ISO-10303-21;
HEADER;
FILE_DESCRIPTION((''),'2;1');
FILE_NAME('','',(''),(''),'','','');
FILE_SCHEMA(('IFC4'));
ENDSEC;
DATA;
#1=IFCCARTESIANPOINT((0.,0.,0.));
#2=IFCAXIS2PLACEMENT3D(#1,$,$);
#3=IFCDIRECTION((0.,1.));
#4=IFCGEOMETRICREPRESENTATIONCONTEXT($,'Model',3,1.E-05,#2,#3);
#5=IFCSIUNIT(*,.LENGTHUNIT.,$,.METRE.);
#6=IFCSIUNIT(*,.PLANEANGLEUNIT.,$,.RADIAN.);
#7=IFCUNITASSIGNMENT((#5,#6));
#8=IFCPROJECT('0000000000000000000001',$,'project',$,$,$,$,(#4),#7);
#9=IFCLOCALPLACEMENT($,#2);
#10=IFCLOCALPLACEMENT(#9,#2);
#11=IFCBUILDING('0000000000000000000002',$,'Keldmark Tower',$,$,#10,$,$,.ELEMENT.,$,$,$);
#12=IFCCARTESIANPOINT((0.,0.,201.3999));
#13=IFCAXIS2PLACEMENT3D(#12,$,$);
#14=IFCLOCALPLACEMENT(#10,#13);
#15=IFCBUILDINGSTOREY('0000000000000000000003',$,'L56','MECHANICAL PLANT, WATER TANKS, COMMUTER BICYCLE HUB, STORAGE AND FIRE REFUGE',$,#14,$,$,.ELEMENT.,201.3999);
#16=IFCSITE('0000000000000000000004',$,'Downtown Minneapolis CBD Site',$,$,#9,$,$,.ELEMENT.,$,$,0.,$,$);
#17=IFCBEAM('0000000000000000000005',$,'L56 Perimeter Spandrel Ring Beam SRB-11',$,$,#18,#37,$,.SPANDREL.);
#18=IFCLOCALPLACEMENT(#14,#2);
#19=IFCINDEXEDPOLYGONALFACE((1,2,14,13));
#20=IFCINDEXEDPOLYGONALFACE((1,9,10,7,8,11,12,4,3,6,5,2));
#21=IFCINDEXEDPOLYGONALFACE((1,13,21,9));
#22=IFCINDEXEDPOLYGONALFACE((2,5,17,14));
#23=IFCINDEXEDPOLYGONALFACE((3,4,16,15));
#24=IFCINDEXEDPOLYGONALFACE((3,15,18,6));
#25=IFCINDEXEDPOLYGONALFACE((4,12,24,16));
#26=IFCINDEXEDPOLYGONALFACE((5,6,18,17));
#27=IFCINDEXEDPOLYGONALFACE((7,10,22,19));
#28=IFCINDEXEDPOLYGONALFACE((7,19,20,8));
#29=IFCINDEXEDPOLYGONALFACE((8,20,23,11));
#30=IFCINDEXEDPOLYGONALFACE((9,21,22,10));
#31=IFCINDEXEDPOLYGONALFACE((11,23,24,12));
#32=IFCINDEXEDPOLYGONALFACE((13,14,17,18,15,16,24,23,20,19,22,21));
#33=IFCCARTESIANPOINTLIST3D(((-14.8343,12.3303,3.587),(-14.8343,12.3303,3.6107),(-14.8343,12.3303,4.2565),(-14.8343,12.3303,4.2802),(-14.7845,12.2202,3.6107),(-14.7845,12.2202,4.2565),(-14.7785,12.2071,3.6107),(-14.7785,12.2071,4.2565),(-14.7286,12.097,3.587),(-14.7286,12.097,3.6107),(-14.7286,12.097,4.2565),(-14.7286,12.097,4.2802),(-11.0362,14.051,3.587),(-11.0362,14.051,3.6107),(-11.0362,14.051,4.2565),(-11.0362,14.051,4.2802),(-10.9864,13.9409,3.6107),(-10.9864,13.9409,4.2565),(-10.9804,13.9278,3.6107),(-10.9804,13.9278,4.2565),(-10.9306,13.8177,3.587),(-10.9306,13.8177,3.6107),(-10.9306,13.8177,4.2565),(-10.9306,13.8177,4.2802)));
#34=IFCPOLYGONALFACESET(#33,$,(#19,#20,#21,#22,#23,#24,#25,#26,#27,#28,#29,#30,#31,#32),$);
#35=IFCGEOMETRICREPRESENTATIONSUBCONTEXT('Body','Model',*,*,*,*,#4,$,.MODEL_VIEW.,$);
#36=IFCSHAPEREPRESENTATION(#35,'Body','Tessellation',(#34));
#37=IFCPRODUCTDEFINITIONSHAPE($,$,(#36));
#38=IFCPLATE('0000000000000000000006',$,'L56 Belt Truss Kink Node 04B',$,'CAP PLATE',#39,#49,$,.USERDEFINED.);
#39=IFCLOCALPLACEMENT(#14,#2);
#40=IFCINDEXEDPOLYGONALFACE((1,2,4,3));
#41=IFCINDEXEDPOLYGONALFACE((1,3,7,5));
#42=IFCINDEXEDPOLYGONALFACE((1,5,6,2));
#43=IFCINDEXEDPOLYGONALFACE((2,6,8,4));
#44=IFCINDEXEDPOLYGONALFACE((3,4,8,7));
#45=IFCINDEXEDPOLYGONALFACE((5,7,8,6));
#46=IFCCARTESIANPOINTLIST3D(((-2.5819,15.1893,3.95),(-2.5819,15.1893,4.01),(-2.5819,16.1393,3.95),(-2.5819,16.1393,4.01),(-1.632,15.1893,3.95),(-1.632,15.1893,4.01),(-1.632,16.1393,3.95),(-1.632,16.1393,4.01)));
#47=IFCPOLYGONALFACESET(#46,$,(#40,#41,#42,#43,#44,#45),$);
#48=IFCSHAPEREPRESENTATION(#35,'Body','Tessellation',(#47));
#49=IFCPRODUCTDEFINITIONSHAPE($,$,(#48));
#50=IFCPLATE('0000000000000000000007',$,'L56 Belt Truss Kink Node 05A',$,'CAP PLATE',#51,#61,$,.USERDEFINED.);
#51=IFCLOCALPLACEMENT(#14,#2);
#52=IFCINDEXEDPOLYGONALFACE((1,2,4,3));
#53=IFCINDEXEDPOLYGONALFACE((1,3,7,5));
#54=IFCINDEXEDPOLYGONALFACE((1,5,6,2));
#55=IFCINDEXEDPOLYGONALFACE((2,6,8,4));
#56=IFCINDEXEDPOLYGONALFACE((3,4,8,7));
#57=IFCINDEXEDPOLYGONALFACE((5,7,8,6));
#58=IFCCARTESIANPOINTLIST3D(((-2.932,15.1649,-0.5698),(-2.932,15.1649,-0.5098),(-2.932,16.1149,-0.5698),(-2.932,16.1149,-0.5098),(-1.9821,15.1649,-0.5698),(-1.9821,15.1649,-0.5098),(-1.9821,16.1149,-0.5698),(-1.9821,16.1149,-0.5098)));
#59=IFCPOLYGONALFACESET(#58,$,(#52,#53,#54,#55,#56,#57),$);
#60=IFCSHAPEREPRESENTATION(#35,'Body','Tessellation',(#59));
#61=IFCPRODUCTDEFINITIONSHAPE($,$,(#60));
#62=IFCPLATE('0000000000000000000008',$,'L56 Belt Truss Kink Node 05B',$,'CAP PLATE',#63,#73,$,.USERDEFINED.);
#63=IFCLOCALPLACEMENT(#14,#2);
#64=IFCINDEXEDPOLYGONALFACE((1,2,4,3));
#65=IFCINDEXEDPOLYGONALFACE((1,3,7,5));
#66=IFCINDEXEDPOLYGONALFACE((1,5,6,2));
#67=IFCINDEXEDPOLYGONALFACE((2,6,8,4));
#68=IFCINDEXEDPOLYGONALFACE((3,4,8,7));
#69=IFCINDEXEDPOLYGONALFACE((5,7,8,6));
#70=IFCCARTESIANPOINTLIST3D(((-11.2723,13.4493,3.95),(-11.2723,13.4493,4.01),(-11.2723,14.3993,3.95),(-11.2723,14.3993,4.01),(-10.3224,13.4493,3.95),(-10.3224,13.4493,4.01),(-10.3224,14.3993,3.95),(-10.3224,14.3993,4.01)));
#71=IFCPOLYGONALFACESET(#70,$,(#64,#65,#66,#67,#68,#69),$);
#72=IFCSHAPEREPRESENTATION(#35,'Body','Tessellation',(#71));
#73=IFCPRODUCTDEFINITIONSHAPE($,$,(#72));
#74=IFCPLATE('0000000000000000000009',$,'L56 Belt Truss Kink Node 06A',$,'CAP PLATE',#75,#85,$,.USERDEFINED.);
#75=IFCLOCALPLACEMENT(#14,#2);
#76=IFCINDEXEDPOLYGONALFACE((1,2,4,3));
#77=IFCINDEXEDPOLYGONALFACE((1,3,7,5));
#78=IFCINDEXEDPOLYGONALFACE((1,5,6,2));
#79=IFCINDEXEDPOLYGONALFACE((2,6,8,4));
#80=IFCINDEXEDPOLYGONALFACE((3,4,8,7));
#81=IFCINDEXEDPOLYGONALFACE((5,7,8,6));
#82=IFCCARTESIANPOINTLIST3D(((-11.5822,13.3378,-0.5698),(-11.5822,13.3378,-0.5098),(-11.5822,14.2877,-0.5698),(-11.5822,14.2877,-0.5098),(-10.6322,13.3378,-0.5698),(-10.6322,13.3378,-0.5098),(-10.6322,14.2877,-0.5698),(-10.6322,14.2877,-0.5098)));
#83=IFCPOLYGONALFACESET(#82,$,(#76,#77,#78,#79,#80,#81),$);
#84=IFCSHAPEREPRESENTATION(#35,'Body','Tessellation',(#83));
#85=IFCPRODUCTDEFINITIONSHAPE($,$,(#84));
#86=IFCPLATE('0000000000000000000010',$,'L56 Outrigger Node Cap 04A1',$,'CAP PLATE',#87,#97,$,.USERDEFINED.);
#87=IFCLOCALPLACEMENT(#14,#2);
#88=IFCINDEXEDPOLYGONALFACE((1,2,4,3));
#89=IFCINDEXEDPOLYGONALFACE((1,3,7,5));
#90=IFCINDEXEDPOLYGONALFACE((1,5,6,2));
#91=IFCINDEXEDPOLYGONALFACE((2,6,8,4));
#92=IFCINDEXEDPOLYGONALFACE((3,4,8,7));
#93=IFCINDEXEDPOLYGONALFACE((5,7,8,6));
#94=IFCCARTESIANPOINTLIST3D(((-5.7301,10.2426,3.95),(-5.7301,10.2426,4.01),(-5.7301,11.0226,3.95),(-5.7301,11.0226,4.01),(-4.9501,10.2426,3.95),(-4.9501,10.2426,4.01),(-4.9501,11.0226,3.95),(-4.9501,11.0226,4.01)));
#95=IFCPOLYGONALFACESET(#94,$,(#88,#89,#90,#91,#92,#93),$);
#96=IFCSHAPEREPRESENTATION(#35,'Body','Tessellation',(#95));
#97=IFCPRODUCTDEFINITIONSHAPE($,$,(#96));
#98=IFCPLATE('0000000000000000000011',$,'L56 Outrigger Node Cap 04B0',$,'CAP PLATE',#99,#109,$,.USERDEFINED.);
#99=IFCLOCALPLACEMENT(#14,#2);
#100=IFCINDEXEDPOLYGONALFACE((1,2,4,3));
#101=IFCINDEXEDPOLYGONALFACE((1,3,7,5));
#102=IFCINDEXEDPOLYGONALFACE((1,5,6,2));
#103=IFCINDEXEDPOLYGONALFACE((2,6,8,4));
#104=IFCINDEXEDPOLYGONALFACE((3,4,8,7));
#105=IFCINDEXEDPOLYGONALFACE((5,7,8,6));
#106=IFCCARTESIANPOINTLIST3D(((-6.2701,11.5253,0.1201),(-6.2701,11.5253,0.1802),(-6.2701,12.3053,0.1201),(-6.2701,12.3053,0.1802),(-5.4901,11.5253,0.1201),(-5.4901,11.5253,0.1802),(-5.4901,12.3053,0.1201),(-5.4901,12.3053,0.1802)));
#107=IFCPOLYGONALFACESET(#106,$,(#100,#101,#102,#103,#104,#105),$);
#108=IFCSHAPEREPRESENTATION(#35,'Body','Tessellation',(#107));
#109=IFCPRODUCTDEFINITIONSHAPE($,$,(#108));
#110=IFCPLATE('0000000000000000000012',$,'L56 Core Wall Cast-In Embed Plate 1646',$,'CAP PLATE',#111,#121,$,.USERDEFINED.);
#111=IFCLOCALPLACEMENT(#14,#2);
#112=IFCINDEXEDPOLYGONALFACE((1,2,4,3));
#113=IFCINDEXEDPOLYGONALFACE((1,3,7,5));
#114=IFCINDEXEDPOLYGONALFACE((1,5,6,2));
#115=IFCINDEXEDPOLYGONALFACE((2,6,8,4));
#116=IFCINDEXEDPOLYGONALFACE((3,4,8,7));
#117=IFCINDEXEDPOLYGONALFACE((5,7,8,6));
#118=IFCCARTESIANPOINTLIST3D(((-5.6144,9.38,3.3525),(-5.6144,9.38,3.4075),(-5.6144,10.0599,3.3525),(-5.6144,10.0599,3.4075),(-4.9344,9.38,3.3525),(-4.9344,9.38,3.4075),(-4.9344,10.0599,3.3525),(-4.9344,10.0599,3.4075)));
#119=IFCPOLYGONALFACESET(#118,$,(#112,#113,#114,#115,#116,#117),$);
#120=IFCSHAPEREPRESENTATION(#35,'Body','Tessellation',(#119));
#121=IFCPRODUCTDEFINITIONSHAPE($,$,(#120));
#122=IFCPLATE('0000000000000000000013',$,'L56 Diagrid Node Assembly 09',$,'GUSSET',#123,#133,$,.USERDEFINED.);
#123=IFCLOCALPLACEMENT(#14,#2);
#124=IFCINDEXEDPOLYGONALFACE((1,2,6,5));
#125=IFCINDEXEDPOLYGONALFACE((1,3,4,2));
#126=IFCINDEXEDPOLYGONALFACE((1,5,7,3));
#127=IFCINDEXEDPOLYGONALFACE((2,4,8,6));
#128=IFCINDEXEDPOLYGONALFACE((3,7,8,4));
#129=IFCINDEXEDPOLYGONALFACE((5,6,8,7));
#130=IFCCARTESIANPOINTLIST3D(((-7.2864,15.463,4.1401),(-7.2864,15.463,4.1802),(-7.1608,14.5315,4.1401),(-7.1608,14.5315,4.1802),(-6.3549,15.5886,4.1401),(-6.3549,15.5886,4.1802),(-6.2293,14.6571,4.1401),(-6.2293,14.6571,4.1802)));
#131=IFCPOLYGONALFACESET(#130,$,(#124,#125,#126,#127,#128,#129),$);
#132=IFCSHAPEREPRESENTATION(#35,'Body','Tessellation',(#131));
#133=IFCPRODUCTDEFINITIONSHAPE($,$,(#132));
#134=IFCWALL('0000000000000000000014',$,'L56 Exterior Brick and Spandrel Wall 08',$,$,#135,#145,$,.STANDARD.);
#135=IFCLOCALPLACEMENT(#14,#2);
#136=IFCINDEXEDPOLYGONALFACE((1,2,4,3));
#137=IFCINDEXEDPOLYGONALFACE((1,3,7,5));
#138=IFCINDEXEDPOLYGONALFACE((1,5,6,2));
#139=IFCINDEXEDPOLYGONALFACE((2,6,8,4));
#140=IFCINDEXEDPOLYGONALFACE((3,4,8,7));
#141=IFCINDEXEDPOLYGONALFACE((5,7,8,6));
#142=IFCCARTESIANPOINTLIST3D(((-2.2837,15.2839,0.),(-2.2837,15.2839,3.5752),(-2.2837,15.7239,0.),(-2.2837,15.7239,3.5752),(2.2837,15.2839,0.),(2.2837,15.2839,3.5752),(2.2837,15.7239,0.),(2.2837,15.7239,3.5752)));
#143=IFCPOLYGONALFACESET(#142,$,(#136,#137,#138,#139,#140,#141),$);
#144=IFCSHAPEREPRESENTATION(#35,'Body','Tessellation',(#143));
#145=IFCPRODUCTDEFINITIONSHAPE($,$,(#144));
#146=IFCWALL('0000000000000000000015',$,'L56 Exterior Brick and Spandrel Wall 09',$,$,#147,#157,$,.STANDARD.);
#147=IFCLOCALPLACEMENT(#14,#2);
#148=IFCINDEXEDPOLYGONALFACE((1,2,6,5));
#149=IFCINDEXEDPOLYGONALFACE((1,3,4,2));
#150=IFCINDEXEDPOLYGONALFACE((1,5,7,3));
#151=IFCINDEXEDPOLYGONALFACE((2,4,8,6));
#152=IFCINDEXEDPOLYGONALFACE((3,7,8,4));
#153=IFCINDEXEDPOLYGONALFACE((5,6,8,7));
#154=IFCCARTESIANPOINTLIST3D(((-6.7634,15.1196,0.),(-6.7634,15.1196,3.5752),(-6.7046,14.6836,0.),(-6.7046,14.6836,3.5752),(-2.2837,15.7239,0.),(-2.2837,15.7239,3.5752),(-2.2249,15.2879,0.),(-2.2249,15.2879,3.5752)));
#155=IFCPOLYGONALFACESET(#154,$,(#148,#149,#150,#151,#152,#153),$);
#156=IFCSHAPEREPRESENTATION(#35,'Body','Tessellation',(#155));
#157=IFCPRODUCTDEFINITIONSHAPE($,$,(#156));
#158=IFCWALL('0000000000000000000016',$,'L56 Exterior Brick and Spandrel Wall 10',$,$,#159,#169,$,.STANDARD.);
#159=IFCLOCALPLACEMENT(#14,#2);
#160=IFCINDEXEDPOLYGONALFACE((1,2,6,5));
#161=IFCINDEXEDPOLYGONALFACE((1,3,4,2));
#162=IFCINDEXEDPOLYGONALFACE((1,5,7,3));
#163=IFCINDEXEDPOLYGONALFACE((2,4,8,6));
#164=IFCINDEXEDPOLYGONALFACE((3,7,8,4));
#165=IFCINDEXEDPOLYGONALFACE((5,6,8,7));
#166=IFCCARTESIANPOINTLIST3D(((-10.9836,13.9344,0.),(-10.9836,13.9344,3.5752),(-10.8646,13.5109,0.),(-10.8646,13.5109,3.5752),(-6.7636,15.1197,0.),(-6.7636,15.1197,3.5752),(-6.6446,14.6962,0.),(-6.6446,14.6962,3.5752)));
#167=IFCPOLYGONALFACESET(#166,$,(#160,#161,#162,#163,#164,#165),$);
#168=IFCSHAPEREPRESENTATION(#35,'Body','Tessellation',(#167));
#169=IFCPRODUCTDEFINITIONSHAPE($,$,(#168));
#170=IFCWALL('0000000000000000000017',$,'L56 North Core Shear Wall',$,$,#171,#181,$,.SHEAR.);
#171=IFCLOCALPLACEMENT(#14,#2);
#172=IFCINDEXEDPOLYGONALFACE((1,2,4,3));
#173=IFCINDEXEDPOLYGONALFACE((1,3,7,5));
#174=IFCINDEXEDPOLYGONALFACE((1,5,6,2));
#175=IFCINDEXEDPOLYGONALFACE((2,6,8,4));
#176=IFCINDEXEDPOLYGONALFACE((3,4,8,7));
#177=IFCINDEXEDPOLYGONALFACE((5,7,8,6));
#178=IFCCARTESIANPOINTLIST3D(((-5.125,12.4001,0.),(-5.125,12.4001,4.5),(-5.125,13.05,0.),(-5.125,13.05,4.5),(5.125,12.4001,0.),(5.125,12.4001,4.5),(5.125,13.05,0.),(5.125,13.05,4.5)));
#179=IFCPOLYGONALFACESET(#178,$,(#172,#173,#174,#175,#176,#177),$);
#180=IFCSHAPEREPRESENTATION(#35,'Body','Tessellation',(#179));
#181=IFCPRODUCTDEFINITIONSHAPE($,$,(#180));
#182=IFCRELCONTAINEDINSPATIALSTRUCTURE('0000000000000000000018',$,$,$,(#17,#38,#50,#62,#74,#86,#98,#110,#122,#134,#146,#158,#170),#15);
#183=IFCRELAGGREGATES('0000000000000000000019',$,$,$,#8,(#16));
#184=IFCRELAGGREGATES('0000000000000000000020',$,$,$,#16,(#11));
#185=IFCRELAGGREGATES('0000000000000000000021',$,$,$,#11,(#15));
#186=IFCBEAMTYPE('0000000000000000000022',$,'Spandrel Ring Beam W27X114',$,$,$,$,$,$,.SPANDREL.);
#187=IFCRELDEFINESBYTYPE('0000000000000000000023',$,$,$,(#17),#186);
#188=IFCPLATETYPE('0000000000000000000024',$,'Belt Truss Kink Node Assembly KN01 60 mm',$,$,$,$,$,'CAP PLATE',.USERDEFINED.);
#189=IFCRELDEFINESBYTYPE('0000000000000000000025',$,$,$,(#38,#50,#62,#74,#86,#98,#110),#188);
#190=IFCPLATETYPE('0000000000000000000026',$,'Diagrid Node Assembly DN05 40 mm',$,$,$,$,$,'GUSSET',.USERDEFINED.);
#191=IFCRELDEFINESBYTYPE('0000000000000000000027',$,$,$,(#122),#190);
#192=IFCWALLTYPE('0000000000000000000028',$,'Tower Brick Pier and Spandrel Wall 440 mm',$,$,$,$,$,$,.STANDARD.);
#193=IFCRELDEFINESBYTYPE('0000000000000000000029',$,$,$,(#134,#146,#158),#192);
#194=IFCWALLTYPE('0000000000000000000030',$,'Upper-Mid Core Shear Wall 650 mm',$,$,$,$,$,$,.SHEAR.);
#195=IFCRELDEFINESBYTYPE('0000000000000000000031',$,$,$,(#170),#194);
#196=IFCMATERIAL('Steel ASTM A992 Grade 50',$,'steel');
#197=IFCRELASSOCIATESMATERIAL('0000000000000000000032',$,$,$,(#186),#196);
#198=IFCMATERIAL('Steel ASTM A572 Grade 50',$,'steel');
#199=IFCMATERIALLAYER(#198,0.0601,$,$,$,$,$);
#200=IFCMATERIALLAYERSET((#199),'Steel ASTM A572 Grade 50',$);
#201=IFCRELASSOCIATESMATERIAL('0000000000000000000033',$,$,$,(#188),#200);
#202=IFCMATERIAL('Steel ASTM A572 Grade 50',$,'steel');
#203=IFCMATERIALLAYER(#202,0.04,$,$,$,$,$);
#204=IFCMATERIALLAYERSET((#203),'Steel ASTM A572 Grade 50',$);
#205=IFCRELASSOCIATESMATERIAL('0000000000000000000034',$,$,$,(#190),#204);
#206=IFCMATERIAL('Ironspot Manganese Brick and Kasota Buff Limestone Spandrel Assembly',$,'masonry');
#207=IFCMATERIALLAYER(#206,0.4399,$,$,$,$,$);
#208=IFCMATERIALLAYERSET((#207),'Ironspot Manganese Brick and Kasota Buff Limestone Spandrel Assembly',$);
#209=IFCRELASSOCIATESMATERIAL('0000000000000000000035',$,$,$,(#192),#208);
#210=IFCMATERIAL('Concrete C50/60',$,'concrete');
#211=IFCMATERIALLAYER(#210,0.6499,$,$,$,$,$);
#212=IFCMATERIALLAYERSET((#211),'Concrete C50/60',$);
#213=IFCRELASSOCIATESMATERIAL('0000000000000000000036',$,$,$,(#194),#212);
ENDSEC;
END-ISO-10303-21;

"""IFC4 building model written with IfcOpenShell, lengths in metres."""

from ifc_helpers import new_model, si_unit, direction, frame, frame_2d, origin, origin_2d, place, context, subcontext, project, spatial, rectangle, i_section, extrude, material, layer, layer_set, material_profile, profile_set, type_object, element, save


model = new_model("IFC4")

# Units and contexts
model_context = context("Model", 3, precision=1e-05, world=origin(), true_north=direction((0.0, 1.0)))
body_context = subcontext(model_context, "Body", "Model", "MODEL_VIEW")
ifc_project = project(units=[si_unit("LENGTHUNIT", "METRE"), si_unit("PLANEANGLEUNIT", "RADIAN")], contexts=[model_context])

# Site, building, storey
site_placement = place(None, origin())
site = spatial("IfcSite", under=ifc_project, at=site_placement, Name="Downtown Minneapolis CBD Site", CompositionType="ELEMENT", RefElevation=0.0)
building_placement = place(site_placement, origin())
building = spatial("IfcBuilding", under=site, at=building_placement, Name="Keldmark Tower", CompositionType="ELEMENT")
storey_placement = place(building_placement, frame((0.0, 0.0, 201.3999)))
storey = spatial("IfcBuildingStorey", under=building, at=storey_placement, Name="L56", Description="MECHANICAL PLANT, WATER TANKS, COMMUTER BICYCLE HUB, STORAGE AND FIRE REFUGE", CompositionType="ELEMENT", Elevation=201.3999)

# Beam
ifc_material_1 = material(Name="Steel ASTM A992 Grade 50", Category="steel")
ifc_material_profile_1 = material_profile(ifc_material_1, i_section(OverallWidth=0.2561, OverallDepth=0.6931, WebThickness=0.0144, FlangeThickness=0.0237, at=origin_2d()), Name="W27X114")
ifc_profile_set_1 = profile_set([ifc_material_profile_1], Name="Steel ASTM A992 Grade 50")
beam_type_1 = type_object("IfcBeamType", Name="Spandrel Ring Beam W27X114", PredefinedType="SPANDREL", material=ifc_profile_set_1)
beam_1_placement = place(storey_placement, frame((-10.9834, 13.9343, 3.9336), z_axis=(-0.910881, -0.412669, 0.0), x_axis=(0.412669, -0.910881, 0.0)))
element("IfcBeam", 1, at=beam_1_placement, inside=storey, type_object=beam_type_1, Name="L56 Perimeter Spandrel Ring Beam SRB-11", PredefinedType="SPANDREL", context=body_context, shape_type="SweptSolid", body=[
    extrude(i_section(OverallWidth=0.2561, OverallDepth=0.6931, WebThickness=0.0144, FlangeThickness=0.0237, at=origin_2d()), origin(), (0.0, 0.0, 1.0), 4.1697),
])

# Plates
ifc_material_2 = material(Name="Steel ASTM A572 Grade 50", Category="steel")
ifc_layer_1 = layer(ifc_material_2, 0.0601)
ifc_layer_set_1 = layer_set([ifc_layer_1], Name="Steel ASTM A572 Grade 50")
plate_type_1 = type_object("IfcPlateType", Name="Belt Truss Kink Node Assembly KN01 60 mm", ElementType="CAP PLATE", PredefinedType="USERDEFINED", material=ifc_layer_set_1)
for number, where, z_axis, x_axis, name in (
    (2, (-2.1069, 15.6643, 3.95), (0.0, 0.0, 1.0), (1.0, 0.0, 0.0), "L56 Belt Truss Kink Node 04B"),
    (3, (-2.457, 15.6399, -0.5698), (0.0, 0.0, 1.0), (1.0, 0.0, 0.0), "L56 Belt Truss Kink Node 05A"),
    (4, (-10.7974, 13.9243, 3.95), (0.0, 0.0, 1.0), (1.0, 0.0, 0.0), "L56 Belt Truss Kink Node 05B"),
    (5, (-11.1072, 13.8127, -0.5698), (0.0, 0.0, 1.0), (1.0, 0.0, 0.0), "L56 Belt Truss Kink Node 06A"),
):
    element("IfcPlate", number, at=place(storey_placement, frame(where, z_axis=z_axis, x_axis=x_axis)), inside=storey, type_object=plate_type_1, Name=name, ObjectType="CAP PLATE", PredefinedType="USERDEFINED", context=body_context, shape_type="SweptSolid", body=[
        extrude(rectangle(XDim=0.95, YDim=0.95, at=origin_2d()), origin(), (0.0, 0.0, 1.0), 0.0601),
    ])
for number, where, z_axis, x_axis, name in (
    (6, (-5.3401, 10.6326, 3.95), (0.0, 0.0, 1.0), (1.0, 0.0, 0.0), "L56 Outrigger Node Cap 04A1"),
    (7, (-5.8801, 11.9153, 0.1201), (0.0, 0.0, 1.0), (1.0, 0.0, 0.0), "L56 Outrigger Node Cap 04B0"),
):
    element("IfcPlate", number, at=place(storey_placement, frame(where, z_axis=z_axis, x_axis=x_axis)), inside=storey, type_object=plate_type_1, Name=name, ObjectType="CAP PLATE", PredefinedType="USERDEFINED", context=body_context, shape_type="SweptSolid", body=[
        extrude(rectangle(XDim=0.78, YDim=0.78, at=origin_2d()), origin(), (0.0, 0.0, 1.0), 0.0601),
    ])
plate_1_placement = place(storey_placement, frame((-5.2744, 9.72, 3.3525), z_axis=(0.0, 0.0, 1.0), x_axis=(1.0, 0.0, 0.0)))
element("IfcPlate", 8, at=plate_1_placement, inside=storey, type_object=plate_type_1, Name="L56 Core Wall Cast-In Embed Plate 1646", ObjectType="CAP PLATE", PredefinedType="USERDEFINED", context=body_context, shape_type="SweptSolid", body=[
    extrude(rectangle(XDim=0.6799, YDim=0.6799, at=origin_2d()), origin(), (0.0, 0.0, 1.0), 0.0549),
])
ifc_material_3 = material(Name="Steel ASTM A572 Grade 50", Category="steel")
ifc_layer_2 = layer(ifc_material_3, 0.04)
ifc_layer_set_2 = layer_set([ifc_layer_2], Name="Steel ASTM A572 Grade 50")
plate_type_2 = type_object("IfcPlateType", Name="Diagrid Node Assembly DN05 40 mm", ElementType="GUSSET", PredefinedType="USERDEFINED", material=ifc_layer_set_2)
plate_2_placement = place(storey_placement, frame((-6.7578, 15.0601, 4.1401), z_axis=(0.0, 0.0, 1.0), x_axis=(-0.99103, -0.13364, 0.0)))
element("IfcPlate", 9, at=plate_2_placement, inside=storey, type_object=plate_type_2, Name="L56 Diagrid Node Assembly 09", ObjectType="GUSSET", PredefinedType="USERDEFINED", context=body_context, shape_type="SweptSolid", body=[
    extrude(rectangle(XDim=0.9399, YDim=0.9399, at=origin_2d()), origin(), (0.0, 0.0, 1.0), 0.04),
])

# Walls
ifc_material_4 = material(Name="Ironspot Manganese Brick and Kasota Buff Limestone Spandrel Assembly", Category="masonry")
ifc_layer_3 = layer(ifc_material_4, 0.4399)
ifc_layer_set_3 = layer_set([ifc_layer_3], Name="Ironspot Manganese Brick and Kasota Buff Limestone Spandrel Assembly")
wall_type_1 = type_object("IfcWallType", Name="Tower Brick Pier and Spandrel Wall 440 mm", PredefinedType="STANDARD", material=ifc_layer_set_3)
wall_1_placement = place(storey_placement, frame((-2.2837, 15.5039, 0.0), z_axis=(0.0, 0.0, 1.0), x_axis=(1.0, 0.0, 0.0)))
element("IfcWall", 10, at=wall_1_placement, inside=storey, type_object=wall_type_1, Name="L56 Exterior Brick and Spandrel Wall 08", PredefinedType="STANDARD", context=body_context, shape_type="SweptSolid", body=[
    extrude(rectangle(XDim=4.5674, YDim=0.4399, at=frame_2d((2.2837, 0.0))), origin(), (0.0, 0.0, 1.0), 3.5752),
])
wall_2_placement = place(storey_placement, frame((-6.7341, 14.9016, 0.0), z_axis=(0.0, 0.0, 1.0), x_axis=(0.991025, 0.133674, 0.0)))
element("IfcWall", 11, at=wall_2_placement, inside=storey, type_object=wall_type_1, Name="L56 Exterior Brick and Spandrel Wall 09", PredefinedType="STANDARD", context=body_context, shape_type="SweptSolid", body=[
    extrude(rectangle(XDim=4.5203, YDim=0.4399, at=frame_2d((2.2603, 0.0))), origin(), (0.0, 0.0, 1.0), 3.5752),
])
wall_3_placement = place(storey_placement, frame((-10.9241, 13.7227, 0.0), z_axis=(0.0, 0.0, 1.0), x_axis=(0.962744, 0.270415, 0.0)))
element("IfcWall", 12, at=wall_3_placement, inside=storey, type_object=wall_type_1, Name="L56 Exterior Brick and Spandrel Wall 10", PredefinedType="STANDARD", context=body_context, shape_type="SweptSolid", body=[
    extrude(rectangle(XDim=4.3833, YDim=0.4399, at=frame_2d((2.1917, 0.0))), origin(), (0.0, 0.0, 1.0), 3.5752),
])
ifc_material_5 = material(Name="Concrete C50/60", Category="concrete")
ifc_layer_4 = layer(ifc_material_5, 0.6499)
ifc_layer_set_4 = layer_set([ifc_layer_4], Name="Concrete C50/60")
wall_type_2 = type_object("IfcWallType", Name="Upper-Mid Core Shear Wall 650 mm", PredefinedType="SHEAR", material=ifc_layer_set_4)
wall_4_placement = place(storey_placement, frame((-5.125, 12.7251, 0.0), z_axis=(0.0, 0.0, 1.0), x_axis=(1.0, 0.0, 0.0)))
element("IfcWall", 13, at=wall_4_placement, inside=storey, type_object=wall_type_2, Name="L56 North Core Shear Wall", PredefinedType="SHEAR", context=body_context, shape_type="SweptSolid", body=[
    extrude(rectangle(XDim=10.25, YDim=0.6499, at=frame_2d((5.125, 0.0))), origin(), (0.0, 0.0, 1.0), 4.5),
])

save(model, "model.ifc")
